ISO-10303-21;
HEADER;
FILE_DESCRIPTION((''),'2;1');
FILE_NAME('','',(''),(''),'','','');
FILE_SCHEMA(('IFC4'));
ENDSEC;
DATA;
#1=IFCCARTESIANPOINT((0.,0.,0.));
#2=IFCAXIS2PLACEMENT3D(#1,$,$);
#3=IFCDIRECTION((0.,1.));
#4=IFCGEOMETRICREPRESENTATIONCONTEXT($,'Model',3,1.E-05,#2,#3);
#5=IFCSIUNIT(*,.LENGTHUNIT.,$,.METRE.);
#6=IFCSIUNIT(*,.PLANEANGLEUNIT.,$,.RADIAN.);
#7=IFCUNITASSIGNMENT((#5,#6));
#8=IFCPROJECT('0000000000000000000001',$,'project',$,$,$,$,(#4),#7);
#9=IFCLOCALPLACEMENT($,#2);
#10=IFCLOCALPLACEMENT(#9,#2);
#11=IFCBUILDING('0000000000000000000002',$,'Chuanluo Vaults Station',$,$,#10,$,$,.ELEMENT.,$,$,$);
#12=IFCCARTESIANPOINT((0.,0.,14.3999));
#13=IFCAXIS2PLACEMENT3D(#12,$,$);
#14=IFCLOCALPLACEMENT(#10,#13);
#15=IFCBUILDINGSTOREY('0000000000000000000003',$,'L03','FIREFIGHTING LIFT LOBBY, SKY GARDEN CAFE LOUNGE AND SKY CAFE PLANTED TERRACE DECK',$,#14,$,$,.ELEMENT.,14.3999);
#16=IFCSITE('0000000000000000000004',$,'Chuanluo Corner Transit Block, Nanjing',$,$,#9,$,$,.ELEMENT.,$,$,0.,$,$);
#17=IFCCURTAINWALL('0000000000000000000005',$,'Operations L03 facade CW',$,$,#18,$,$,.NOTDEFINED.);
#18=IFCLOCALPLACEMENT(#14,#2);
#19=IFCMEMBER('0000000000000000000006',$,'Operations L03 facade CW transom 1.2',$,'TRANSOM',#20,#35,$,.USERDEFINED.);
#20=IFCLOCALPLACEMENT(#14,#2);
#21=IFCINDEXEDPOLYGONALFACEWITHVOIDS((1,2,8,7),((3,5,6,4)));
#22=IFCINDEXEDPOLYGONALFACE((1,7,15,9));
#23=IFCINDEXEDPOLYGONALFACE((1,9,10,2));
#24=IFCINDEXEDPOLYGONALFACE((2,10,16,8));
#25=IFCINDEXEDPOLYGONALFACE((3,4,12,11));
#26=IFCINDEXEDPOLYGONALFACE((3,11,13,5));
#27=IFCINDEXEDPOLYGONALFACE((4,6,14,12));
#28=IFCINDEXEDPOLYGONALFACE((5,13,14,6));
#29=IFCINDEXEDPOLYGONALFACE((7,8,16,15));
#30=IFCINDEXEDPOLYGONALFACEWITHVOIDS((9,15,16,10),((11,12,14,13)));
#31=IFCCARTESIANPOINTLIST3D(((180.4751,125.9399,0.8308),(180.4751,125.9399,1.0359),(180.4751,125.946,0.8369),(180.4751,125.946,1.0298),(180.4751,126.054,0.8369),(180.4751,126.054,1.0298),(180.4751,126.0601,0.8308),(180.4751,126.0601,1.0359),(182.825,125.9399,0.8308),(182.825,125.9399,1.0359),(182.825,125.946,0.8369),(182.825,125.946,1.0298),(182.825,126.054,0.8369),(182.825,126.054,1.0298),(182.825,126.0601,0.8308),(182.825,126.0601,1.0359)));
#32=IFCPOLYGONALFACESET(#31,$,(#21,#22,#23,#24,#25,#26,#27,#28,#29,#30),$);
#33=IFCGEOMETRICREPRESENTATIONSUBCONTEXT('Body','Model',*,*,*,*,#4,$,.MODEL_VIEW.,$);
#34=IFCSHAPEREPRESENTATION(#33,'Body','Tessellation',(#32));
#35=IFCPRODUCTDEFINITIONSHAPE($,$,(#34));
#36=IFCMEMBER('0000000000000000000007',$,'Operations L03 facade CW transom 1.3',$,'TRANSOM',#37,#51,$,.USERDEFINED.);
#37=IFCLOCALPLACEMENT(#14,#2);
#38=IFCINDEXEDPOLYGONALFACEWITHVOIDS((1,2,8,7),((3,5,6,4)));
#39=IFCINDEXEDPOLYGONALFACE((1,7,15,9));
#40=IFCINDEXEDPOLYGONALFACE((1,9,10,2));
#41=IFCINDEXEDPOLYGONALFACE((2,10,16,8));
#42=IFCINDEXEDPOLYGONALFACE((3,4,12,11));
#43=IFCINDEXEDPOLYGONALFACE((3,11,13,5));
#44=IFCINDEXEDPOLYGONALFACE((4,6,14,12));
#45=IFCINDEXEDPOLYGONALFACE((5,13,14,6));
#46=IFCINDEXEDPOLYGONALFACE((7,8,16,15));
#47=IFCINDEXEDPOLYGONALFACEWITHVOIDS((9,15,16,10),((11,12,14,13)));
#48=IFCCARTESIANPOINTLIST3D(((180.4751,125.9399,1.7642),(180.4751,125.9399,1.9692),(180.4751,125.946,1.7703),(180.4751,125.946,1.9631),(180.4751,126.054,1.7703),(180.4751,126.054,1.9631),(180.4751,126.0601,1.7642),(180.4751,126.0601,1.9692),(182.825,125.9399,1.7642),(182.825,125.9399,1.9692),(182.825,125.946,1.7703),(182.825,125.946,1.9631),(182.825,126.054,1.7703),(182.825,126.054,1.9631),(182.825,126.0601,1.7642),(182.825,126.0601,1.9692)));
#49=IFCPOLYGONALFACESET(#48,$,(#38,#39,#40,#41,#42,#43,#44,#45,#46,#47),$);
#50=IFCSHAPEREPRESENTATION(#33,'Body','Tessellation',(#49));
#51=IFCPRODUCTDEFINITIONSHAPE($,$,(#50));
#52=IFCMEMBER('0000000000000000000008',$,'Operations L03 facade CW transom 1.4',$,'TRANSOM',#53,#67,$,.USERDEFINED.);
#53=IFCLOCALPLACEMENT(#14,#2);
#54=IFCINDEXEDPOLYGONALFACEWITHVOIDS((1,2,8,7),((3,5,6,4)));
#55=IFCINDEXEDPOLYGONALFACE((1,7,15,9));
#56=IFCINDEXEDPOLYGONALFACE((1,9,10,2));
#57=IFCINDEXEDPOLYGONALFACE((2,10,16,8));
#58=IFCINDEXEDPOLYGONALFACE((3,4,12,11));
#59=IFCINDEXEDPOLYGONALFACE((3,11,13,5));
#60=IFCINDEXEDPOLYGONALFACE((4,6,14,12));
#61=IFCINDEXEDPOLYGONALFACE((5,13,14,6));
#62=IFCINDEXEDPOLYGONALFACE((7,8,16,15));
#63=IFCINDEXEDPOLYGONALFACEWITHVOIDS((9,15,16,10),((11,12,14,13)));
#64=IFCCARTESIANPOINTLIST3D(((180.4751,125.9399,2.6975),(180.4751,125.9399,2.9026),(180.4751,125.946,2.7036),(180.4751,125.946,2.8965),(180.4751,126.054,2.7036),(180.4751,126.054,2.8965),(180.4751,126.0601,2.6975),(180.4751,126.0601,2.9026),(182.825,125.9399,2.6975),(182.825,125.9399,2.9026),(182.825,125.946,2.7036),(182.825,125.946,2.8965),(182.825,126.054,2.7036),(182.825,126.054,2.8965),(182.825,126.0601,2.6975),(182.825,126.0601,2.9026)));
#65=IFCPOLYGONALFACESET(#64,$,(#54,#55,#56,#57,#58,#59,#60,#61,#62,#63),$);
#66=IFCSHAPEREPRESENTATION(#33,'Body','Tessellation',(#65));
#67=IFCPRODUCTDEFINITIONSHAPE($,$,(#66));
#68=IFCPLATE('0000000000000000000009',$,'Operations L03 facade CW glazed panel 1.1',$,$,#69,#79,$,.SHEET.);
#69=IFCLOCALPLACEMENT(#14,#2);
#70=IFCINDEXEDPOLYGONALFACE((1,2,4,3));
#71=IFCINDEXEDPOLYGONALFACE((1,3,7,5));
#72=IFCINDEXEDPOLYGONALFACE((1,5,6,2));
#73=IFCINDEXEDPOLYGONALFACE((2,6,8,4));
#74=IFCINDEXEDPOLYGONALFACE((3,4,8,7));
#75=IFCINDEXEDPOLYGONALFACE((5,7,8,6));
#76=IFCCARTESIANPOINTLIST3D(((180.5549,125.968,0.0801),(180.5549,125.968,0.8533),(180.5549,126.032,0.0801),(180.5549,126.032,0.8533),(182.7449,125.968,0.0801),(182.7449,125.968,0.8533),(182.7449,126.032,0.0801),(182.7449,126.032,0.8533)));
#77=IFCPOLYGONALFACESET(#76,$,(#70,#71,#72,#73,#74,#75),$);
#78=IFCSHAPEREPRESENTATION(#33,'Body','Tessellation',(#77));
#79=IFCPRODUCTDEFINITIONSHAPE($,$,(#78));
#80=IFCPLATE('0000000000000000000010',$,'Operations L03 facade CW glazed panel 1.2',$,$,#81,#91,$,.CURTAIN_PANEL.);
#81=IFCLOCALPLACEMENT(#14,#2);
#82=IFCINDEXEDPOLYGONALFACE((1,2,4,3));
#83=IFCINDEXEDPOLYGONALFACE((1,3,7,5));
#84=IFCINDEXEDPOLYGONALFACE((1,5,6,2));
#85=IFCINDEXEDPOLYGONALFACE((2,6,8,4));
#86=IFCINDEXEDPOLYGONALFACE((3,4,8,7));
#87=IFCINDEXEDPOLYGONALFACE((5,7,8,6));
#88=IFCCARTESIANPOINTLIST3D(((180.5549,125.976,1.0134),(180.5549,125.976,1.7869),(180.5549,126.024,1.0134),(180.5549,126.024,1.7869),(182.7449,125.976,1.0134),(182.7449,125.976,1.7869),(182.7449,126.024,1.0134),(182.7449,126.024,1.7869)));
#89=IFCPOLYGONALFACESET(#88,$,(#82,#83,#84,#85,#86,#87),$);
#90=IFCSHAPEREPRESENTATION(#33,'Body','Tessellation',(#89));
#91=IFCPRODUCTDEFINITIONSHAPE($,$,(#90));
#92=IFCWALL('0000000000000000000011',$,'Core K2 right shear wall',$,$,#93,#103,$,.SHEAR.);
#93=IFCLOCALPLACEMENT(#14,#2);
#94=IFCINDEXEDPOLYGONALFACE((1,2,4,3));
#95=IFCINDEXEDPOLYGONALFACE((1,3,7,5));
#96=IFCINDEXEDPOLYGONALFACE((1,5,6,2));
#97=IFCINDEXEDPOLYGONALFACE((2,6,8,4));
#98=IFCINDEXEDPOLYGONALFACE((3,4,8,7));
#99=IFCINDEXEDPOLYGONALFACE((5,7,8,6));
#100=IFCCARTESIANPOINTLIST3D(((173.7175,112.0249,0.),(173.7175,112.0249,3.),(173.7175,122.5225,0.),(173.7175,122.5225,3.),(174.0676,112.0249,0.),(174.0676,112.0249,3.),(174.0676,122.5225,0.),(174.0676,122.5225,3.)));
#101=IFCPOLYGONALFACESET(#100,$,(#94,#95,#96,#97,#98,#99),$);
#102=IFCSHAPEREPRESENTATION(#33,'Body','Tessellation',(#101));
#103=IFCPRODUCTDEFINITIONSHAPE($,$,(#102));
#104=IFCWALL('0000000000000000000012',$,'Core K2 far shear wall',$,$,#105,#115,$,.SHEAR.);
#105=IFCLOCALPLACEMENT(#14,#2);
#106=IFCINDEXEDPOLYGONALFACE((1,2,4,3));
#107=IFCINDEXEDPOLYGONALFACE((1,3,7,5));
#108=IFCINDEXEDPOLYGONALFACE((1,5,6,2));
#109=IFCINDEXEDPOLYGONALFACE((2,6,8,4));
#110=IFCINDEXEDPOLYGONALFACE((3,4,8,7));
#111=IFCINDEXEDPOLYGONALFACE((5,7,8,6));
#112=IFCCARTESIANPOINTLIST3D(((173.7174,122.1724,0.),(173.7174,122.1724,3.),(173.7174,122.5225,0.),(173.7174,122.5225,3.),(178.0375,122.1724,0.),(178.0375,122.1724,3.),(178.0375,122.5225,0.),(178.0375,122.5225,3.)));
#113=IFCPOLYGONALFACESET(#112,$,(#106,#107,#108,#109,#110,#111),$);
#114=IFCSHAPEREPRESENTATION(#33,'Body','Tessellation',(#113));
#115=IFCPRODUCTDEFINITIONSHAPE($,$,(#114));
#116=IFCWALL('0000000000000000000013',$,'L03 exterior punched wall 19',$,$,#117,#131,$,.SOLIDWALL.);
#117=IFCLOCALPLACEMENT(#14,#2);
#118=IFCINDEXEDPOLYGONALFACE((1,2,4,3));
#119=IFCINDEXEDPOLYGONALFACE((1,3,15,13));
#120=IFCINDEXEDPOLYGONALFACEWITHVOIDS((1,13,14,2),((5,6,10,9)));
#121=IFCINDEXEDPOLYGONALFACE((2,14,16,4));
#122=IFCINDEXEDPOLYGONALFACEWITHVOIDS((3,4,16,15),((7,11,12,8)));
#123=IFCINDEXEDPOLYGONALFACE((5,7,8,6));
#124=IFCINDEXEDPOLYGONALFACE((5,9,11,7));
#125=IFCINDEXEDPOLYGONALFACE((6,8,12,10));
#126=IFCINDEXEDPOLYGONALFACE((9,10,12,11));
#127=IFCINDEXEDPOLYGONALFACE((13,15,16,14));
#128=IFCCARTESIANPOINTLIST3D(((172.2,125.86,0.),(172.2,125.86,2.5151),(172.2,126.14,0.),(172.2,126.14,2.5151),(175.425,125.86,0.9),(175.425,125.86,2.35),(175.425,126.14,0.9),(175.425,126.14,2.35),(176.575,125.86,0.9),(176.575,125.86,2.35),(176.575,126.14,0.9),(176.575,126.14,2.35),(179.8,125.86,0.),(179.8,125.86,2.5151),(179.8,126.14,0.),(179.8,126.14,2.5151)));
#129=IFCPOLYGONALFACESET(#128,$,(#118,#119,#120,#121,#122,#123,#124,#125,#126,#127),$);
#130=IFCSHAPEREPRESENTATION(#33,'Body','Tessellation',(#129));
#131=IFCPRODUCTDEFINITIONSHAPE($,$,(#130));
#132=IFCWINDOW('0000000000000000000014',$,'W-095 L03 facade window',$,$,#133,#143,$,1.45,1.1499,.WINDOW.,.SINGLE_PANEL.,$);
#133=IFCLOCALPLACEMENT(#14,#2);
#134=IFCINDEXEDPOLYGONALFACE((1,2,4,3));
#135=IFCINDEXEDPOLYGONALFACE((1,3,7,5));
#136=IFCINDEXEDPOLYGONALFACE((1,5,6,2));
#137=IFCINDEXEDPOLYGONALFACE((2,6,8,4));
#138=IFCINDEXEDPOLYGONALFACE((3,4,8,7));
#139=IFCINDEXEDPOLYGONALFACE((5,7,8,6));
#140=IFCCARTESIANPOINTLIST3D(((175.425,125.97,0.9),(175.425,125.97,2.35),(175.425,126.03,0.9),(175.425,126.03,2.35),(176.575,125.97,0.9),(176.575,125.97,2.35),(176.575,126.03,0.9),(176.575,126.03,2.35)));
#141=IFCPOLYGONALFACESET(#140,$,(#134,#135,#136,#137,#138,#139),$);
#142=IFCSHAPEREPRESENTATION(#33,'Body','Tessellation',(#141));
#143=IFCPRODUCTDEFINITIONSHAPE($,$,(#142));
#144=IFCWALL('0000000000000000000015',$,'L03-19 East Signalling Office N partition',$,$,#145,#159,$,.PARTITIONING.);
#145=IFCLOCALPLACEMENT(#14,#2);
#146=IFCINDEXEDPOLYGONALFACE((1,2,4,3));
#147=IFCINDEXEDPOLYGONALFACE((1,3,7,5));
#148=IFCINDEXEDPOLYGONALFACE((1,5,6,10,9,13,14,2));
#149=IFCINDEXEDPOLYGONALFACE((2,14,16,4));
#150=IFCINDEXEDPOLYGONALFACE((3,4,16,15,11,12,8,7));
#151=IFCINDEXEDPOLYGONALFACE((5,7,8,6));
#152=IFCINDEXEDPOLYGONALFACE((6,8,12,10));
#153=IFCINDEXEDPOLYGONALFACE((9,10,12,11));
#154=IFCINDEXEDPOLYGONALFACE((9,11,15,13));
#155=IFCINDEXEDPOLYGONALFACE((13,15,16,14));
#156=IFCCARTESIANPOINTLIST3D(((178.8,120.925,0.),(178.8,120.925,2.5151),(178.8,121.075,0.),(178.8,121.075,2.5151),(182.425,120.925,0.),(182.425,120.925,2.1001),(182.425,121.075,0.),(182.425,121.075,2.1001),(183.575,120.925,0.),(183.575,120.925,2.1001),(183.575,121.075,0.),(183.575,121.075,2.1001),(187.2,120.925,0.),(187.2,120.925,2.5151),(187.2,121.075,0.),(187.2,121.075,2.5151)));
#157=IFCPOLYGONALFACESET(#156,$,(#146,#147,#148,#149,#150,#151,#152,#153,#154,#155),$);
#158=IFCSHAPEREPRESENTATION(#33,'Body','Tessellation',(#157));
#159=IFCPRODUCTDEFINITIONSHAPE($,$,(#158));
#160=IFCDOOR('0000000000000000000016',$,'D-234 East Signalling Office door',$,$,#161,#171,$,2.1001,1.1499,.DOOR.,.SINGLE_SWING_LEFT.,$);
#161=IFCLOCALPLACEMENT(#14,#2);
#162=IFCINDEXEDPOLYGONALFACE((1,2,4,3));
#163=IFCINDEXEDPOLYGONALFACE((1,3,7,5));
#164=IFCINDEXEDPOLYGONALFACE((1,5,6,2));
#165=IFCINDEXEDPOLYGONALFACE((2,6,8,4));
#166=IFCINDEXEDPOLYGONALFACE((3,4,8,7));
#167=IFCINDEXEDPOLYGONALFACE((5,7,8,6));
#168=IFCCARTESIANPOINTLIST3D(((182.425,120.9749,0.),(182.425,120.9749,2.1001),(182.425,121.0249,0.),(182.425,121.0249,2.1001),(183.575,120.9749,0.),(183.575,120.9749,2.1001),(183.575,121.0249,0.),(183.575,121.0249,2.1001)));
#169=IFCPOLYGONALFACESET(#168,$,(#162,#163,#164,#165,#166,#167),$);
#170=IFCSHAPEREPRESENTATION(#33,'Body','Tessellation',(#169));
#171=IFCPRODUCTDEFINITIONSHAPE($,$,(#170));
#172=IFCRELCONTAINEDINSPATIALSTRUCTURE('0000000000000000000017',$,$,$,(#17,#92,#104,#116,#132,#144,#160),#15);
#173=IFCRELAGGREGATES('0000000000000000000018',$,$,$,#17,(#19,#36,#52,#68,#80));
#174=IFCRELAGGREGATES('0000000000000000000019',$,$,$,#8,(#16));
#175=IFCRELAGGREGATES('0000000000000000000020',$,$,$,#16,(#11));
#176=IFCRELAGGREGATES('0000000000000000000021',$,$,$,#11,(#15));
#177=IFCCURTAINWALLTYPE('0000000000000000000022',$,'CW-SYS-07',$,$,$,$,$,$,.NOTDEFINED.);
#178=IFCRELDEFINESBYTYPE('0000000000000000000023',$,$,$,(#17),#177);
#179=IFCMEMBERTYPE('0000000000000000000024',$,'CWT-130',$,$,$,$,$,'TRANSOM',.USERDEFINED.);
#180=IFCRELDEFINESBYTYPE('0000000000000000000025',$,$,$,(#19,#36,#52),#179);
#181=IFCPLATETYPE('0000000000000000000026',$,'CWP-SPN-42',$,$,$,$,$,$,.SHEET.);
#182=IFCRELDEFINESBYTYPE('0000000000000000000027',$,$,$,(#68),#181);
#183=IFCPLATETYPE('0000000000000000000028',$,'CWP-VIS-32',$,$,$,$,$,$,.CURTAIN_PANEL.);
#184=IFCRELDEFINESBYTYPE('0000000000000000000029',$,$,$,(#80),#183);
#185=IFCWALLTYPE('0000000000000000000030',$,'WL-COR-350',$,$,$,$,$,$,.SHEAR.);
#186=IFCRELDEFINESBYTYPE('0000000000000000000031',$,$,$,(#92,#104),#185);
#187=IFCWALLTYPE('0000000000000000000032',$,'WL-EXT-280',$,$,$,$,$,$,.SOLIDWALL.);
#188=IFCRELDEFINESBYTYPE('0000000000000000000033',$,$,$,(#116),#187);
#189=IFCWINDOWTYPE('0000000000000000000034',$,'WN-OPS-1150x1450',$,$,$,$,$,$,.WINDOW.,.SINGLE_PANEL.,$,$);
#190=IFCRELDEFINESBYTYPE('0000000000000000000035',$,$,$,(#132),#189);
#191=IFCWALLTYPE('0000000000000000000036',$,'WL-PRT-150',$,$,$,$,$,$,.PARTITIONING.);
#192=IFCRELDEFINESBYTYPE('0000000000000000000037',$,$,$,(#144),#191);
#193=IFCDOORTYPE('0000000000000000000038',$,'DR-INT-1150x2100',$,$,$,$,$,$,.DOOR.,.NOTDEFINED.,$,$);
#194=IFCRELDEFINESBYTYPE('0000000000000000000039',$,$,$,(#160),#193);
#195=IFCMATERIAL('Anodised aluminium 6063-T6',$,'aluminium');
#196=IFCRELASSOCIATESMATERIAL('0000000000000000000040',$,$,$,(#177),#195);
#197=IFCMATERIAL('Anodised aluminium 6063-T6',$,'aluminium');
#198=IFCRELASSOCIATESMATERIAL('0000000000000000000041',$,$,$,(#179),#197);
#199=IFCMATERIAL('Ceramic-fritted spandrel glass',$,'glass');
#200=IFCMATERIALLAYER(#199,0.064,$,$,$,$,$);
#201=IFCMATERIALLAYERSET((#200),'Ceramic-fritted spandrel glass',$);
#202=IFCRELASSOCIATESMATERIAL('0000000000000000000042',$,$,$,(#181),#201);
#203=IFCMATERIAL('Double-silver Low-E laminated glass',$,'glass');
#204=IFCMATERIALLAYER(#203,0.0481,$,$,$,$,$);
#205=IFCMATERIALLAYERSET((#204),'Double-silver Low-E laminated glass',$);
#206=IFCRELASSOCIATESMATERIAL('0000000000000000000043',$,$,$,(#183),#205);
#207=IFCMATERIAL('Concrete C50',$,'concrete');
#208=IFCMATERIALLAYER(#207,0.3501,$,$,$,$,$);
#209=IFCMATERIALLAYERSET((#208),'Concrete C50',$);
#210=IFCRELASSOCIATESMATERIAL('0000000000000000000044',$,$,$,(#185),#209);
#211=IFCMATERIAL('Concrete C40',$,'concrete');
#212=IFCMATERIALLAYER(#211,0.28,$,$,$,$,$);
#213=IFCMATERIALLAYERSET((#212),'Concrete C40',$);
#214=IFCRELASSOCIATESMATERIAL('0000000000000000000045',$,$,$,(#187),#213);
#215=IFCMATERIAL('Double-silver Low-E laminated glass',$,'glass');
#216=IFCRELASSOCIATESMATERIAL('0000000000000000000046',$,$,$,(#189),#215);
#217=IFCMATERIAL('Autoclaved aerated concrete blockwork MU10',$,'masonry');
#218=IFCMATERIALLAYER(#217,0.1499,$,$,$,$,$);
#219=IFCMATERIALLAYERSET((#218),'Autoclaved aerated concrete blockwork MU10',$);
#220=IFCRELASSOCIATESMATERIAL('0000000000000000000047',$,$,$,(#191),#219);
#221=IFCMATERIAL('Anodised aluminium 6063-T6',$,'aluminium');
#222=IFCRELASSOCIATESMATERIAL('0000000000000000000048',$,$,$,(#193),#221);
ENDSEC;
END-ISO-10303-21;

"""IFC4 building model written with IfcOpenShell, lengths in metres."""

from ifc_helpers import new_model, si_unit, direction, frame, frame_2d, origin, origin_2d, place, context, subcontext, project, spatial, rectangle, hollow_rectangle, extrude, material, layer, layer_set, material_profile, profile_set, type_object, element, fill, aggregate, save


model = new_model("IFC4")

# Units and contexts
model_context = context("Model", 3, precision=1e-05, world=origin(), true_north=direction((0.0, 1.0)))
body_context = subcontext(model_context, "Body", "Model", "MODEL_VIEW")
ifc_project = project(units=[si_unit("LENGTHUNIT", "METRE"), si_unit("PLANEANGLEUNIT", "RADIAN")], contexts=[model_context])

# Site, building, storey
site_placement = place(None, origin())
site = spatial("IfcSite", under=ifc_project, at=site_placement, Name="Chuanluo Corner Transit Block, Nanjing", CompositionType="ELEMENT", RefElevation=0.0)
building_placement = place(site_placement, origin())
building = spatial("IfcBuilding", under=site, at=building_placement, Name="Chuanluo Vaults Station", CompositionType="ELEMENT")
storey_placement = place(building_placement, frame((0.0, 0.0, 14.3999)))
storey = spatial("IfcBuildingStorey", under=building, at=storey_placement, Name="L03", Description="FIREFIGHTING LIFT LOBBY, SKY GARDEN CAFE LOUNGE AND SKY CAFE PLANTED TERRACE DECK", CompositionType="ELEMENT", Elevation=14.3999)

# Curtain wall, members, plates
ifc_material_1 = material(Name="Anodised aluminium 6063-T6", Category="aluminium")
curtain_wall_type = type_object("IfcCurtainWallType", Name="CW-SYS-07", PredefinedType="NOTDEFINED", material=ifc_material_1)
curtain_wall_placement = place(storey_placement, origin())
curtain_wall = element("IfcCurtainWall", 1, at=curtain_wall_placement, inside=storey, type_object=curtain_wall_type, Name="Operations L03 facade CW", PredefinedType="NOTDEFINED")
ifc_material_2 = material(Name="Anodised aluminium 6063-T6", Category="aluminium")
ifc_material_profile_1 = material_profile(ifc_material_2, hollow_rectangle(XDim=0.1201, YDim=0.2051, WallThickness=0.0061, at=origin_2d()))
ifc_profile_set_1 = profile_set([ifc_material_profile_1], Name="Anodised aluminium 6063-T6")
member_type_1 = type_object("IfcMemberType", Name="CWT-130", ElementType="TRANSOM", PredefinedType="USERDEFINED", material=ifc_profile_set_1)
member_1_placement = place(storey_placement, frame((180.4751, 126.0, 0.9333), z_axis=(1.0, 0.0, 0.0), x_axis=(0.0, 1.0, 0.0)))
member_1 = element("IfcMember", 2, at=member_1_placement, type_object=member_type_1, Name="Operations L03 facade CW transom 1.2", ObjectType="TRANSOM", PredefinedType="USERDEFINED", context=body_context, shape_type="SweptSolid", body=[
    extrude(hollow_rectangle(XDim=0.1201, YDim=0.2051, WallThickness=0.0061, at=origin_2d()), origin(), (0.0, 0.0, 1.0), 2.3499),
])
member_2_placement = place(storey_placement, frame((180.4751, 126.0, 1.8667), z_axis=(1.0, 0.0, 0.0), x_axis=(0.0, 1.0, 0.0)))
member_2 = element("IfcMember", 3, at=member_2_placement, type_object=member_type_1, Name="Operations L03 facade CW transom 1.3", ObjectType="TRANSOM", PredefinedType="USERDEFINED", context=body_context, shape_type="SweptSolid", body=[
    extrude(hollow_rectangle(XDim=0.1201, YDim=0.2051, WallThickness=0.0061, at=origin_2d()), origin(), (0.0, 0.0, 1.0), 2.3499),
])
member_3_placement = place(storey_placement, frame((180.4751, 126.0, 2.8), z_axis=(1.0, 0.0, 0.0), x_axis=(0.0, 1.0, 0.0)))
member_3 = element("IfcMember", 4, at=member_3_placement, type_object=member_type_1, Name="Operations L03 facade CW transom 1.4", ObjectType="TRANSOM", PredefinedType="USERDEFINED", context=body_context, shape_type="SweptSolid", body=[
    extrude(hollow_rectangle(XDim=0.1201, YDim=0.2051, WallThickness=0.0061, at=origin_2d()), origin(), (0.0, 0.0, 1.0), 2.3499),
])
ifc_material_3 = material(Name="Ceramic-fritted spandrel glass", Category="glass")
ifc_layer_1 = layer(ifc_material_3, 0.064)
ifc_layer_set_1 = layer_set([ifc_layer_1], Name="Ceramic-fritted spandrel glass")
plate_type_1 = type_object("IfcPlateType", Name="CWP-SPN-42", PredefinedType="SHEET", material=ifc_layer_set_1)
plate_1_placement = place(storey_placement, frame((181.6499, 126.0, 0.0801), z_axis=(0.0, 0.0, 1.0), x_axis=(1.0, 0.0, 0.0)))
plate_1 = element("IfcPlate", 5, at=plate_1_placement, type_object=plate_type_1, Name="Operations L03 facade CW glazed panel 1.1", PredefinedType="SHEET", context=body_context, shape_type="SweptSolid", body=[
    extrude(rectangle(XDim=2.1899, YDim=0.064, at=origin_2d()), origin(), (0.0, 0.0, 1.0), 0.7732),
])
ifc_material_4 = material(Name="Double-silver Low-E laminated glass", Category="glass")
ifc_layer_2 = layer(ifc_material_4, 0.0481)
ifc_layer_set_2 = layer_set([ifc_layer_2], Name="Double-silver Low-E laminated glass")
plate_type_2 = type_object("IfcPlateType", Name="CWP-VIS-32", PredefinedType="CURTAIN_PANEL", material=ifc_layer_set_2)
plate_2_placement = place(storey_placement, frame((181.6499, 126.0, 1.0134), z_axis=(0.0, 0.0, 1.0), x_axis=(1.0, 0.0, 0.0)))
plate_2 = element("IfcPlate", 6, at=plate_2_placement, type_object=plate_type_2, Name="Operations L03 facade CW glazed panel 1.2", PredefinedType="CURTAIN_PANEL", context=body_context, shape_type="SweptSolid", body=[
    extrude(rectangle(XDim=2.1899, YDim=0.0481, at=origin_2d()), origin(), (0.0, 0.0, 1.0), 0.7734),
])
aggregate(curtain_wall, [member_1, member_2, member_3, plate_1, plate_2])

# Walls
ifc_material_5 = material(Name="Concrete C50", Category="concrete")
ifc_layer_3 = layer(ifc_material_5, 0.3501)
ifc_layer_set_3 = layer_set([ifc_layer_3], Name="Concrete C50")
wall_type_1 = type_object("IfcWallType", Name="WL-COR-350", PredefinedType="SHEAR", material=ifc_layer_set_3)
wall_1_placement = place(storey_placement, frame((173.8926, 122.5225, 0.0), z_axis=(0.0, 0.0, 1.0), x_axis=(0.0, -1.0, 0.0)))
element("IfcWall", 7, at=wall_1_placement, inside=storey, type_object=wall_type_1, Name="Core K2 right shear wall", PredefinedType="SHEAR", context=body_context, shape_type="SweptSolid", body=[
    extrude(rectangle(XDim=10.4976, YDim=0.3501, at=frame_2d((5.2488, 0.0))), origin(), (0.0, 0.0, 1.0), 3.0),
])
wall_2_placement = place(storey_placement, frame((178.0376, 122.3474, 0.0), z_axis=(0.0, 0.0, 1.0), x_axis=(-1.0, 0.0, 0.0)))
element("IfcWall", 8, at=wall_2_placement, inside=storey, type_object=wall_type_1, Name="Core K2 far shear wall", PredefinedType="SHEAR", context=body_context, shape_type="SweptSolid", body=[
    extrude(rectangle(XDim=4.3201, YDim=0.3501, at=frame_2d((2.1602, 0.0))), origin(), (0.0, 0.0, 1.0), 3.0),
])

# Wall, opening, window
ifc_material_6 = material(Name="Concrete C40", Category="concrete")
ifc_layer_4 = layer(ifc_material_6, 0.28)
ifc_layer_set_4 = layer_set([ifc_layer_4], Name="Concrete C40")
wall_type_2 = type_object("IfcWallType", Name="WL-EXT-280", PredefinedType="SOLIDWALL", material=ifc_layer_set_4)
wall_3_placement = place(storey_placement, frame((172.2, 126.0, 0.0), z_axis=(0.0, 0.0, 1.0), x_axis=(1.0, 0.0, 0.0)))
wall_3 = element("IfcWall", 9, at=wall_3_placement, inside=storey, type_object=wall_type_2, Name="L03 exterior punched wall 19", PredefinedType="SOLIDWALL", context=body_context, shape_type="SweptSolid", body=[
    extrude(rectangle(XDim=7.6001, YDim=0.28, at=frame_2d((3.8, 0.0))), origin(), (0.0, 0.0, 1.0), 2.5151),
])
opening_1_placement = place(wall_3_placement, frame((3.2251, 0.0, 0.8999)))
opening_1 = element("IfcOpeningElement", 10, at=opening_1_placement, cuts=wall_3, PredefinedType="OPENING", context=body_context, shape_type="SweptSolid", body=[
    extrude(rectangle(XDim=1.1499, YDim=1.45, at=frame_2d((0.575, 0.7251))), frame((0.0, 0.1501, 0.0), z_axis=(0.0, -1.0, 0.0), x_axis=(1.0, 0.0, 0.0)), (0.0, 0.0, 1.0), 0.3),
])
ifc_material_7 = material(Name="Double-silver Low-E laminated glass", Category="glass")
window_type = type_object("IfcWindowType", Name="WN-OPS-1150x1450", PartitioningType="SINGLE_PANEL", PredefinedType="WINDOW", material=ifc_material_7)
window_placement = place(opening_1_placement, origin())
window = element("IfcWindow", 11, at=window_placement, inside=storey, type_object=window_type, Name="W-095 L03 facade window", OverallHeight=1.45, OverallWidth=1.1499, PartitioningType="SINGLE_PANEL", PredefinedType="WINDOW", context=body_context, shape_type="SweptSolid", body=[
    extrude(rectangle(XDim=1.1499, YDim=1.45, at=frame_2d((0.575, 0.7251))), frame((0.0, 0.03, 0.0), z_axis=(0.0, -1.0, 0.0), x_axis=(1.0, 0.0, 0.0)), (0.0, 0.0, 1.0), 0.0601),
])
fill(opening_1, window)

# Wall, opening, door
ifc_material_8 = material(Name="Autoclaved aerated concrete blockwork MU10", Category="masonry")
ifc_layer_5 = layer(ifc_material_8, 0.1499)
ifc_layer_set_5 = layer_set([ifc_layer_5], Name="Autoclaved aerated concrete blockwork MU10")
wall_type_3 = type_object("IfcWallType", Name="WL-PRT-150", PredefinedType="PARTITIONING", material=ifc_layer_set_5)
wall_4_placement = place(storey_placement, frame((178.8, 121.0, 0.0), z_axis=(0.0, 0.0, 1.0), x_axis=(1.0, 0.0, 0.0)))
wall_4 = element("IfcWall", 12, at=wall_4_placement, inside=storey, type_object=wall_type_3, Name="L03-19 East Signalling Office N partition", PredefinedType="PARTITIONING", context=body_context, shape_type="SweptSolid", body=[
    extrude(rectangle(XDim=8.3999, YDim=0.1499, at=frame_2d((4.2, 0.0))), origin(), (0.0, 0.0, 1.0), 2.5151),
])
opening_2_placement = place(wall_4_placement, frame((3.625, 0.0, 0.0)))
opening_2 = element("IfcOpeningElement", 13, at=opening_2_placement, cuts=wall_4, PredefinedType="OPENING", context=body_context, shape_type="SweptSolid", body=[
    extrude(rectangle(XDim=1.1499, YDim=2.1001, at=frame_2d((0.575, 1.05))), frame((0.0, 0.0849, 0.0), z_axis=(0.0, -1.0, 0.0), x_axis=(1.0, 0.0, 0.0)), (0.0, 0.0, 1.0), 0.1699),
])
ifc_material_9 = material(Name="Anodised aluminium 6063-T6", Category="aluminium")
door_type = type_object("IfcDoorType", Name="DR-INT-1150x2100", OperationType="NOTDEFINED", PredefinedType="DOOR", material=ifc_material_9)
door_placement = place(opening_2_placement, origin())
door = element("IfcDoor", 14, at=door_placement, inside=storey, type_object=door_type, Name="D-234 East Signalling Office door", OperationType="SINGLE_SWING_LEFT", OverallHeight=2.1001, OverallWidth=1.1499, PredefinedType="DOOR", context=body_context, shape_type="SweptSolid", body=[
    extrude(rectangle(XDim=1.1499, YDim=2.1001, at=frame_2d((0.575, 1.05))), frame((0.0, 0.0249, 0.0), z_axis=(0.0, -1.0, 0.0), x_axis=(1.0, 0.0, 0.0)), (0.0, 0.0, 1.0), 0.05),
])
fill(opening_2, door)

save(model, "model.ifc")
